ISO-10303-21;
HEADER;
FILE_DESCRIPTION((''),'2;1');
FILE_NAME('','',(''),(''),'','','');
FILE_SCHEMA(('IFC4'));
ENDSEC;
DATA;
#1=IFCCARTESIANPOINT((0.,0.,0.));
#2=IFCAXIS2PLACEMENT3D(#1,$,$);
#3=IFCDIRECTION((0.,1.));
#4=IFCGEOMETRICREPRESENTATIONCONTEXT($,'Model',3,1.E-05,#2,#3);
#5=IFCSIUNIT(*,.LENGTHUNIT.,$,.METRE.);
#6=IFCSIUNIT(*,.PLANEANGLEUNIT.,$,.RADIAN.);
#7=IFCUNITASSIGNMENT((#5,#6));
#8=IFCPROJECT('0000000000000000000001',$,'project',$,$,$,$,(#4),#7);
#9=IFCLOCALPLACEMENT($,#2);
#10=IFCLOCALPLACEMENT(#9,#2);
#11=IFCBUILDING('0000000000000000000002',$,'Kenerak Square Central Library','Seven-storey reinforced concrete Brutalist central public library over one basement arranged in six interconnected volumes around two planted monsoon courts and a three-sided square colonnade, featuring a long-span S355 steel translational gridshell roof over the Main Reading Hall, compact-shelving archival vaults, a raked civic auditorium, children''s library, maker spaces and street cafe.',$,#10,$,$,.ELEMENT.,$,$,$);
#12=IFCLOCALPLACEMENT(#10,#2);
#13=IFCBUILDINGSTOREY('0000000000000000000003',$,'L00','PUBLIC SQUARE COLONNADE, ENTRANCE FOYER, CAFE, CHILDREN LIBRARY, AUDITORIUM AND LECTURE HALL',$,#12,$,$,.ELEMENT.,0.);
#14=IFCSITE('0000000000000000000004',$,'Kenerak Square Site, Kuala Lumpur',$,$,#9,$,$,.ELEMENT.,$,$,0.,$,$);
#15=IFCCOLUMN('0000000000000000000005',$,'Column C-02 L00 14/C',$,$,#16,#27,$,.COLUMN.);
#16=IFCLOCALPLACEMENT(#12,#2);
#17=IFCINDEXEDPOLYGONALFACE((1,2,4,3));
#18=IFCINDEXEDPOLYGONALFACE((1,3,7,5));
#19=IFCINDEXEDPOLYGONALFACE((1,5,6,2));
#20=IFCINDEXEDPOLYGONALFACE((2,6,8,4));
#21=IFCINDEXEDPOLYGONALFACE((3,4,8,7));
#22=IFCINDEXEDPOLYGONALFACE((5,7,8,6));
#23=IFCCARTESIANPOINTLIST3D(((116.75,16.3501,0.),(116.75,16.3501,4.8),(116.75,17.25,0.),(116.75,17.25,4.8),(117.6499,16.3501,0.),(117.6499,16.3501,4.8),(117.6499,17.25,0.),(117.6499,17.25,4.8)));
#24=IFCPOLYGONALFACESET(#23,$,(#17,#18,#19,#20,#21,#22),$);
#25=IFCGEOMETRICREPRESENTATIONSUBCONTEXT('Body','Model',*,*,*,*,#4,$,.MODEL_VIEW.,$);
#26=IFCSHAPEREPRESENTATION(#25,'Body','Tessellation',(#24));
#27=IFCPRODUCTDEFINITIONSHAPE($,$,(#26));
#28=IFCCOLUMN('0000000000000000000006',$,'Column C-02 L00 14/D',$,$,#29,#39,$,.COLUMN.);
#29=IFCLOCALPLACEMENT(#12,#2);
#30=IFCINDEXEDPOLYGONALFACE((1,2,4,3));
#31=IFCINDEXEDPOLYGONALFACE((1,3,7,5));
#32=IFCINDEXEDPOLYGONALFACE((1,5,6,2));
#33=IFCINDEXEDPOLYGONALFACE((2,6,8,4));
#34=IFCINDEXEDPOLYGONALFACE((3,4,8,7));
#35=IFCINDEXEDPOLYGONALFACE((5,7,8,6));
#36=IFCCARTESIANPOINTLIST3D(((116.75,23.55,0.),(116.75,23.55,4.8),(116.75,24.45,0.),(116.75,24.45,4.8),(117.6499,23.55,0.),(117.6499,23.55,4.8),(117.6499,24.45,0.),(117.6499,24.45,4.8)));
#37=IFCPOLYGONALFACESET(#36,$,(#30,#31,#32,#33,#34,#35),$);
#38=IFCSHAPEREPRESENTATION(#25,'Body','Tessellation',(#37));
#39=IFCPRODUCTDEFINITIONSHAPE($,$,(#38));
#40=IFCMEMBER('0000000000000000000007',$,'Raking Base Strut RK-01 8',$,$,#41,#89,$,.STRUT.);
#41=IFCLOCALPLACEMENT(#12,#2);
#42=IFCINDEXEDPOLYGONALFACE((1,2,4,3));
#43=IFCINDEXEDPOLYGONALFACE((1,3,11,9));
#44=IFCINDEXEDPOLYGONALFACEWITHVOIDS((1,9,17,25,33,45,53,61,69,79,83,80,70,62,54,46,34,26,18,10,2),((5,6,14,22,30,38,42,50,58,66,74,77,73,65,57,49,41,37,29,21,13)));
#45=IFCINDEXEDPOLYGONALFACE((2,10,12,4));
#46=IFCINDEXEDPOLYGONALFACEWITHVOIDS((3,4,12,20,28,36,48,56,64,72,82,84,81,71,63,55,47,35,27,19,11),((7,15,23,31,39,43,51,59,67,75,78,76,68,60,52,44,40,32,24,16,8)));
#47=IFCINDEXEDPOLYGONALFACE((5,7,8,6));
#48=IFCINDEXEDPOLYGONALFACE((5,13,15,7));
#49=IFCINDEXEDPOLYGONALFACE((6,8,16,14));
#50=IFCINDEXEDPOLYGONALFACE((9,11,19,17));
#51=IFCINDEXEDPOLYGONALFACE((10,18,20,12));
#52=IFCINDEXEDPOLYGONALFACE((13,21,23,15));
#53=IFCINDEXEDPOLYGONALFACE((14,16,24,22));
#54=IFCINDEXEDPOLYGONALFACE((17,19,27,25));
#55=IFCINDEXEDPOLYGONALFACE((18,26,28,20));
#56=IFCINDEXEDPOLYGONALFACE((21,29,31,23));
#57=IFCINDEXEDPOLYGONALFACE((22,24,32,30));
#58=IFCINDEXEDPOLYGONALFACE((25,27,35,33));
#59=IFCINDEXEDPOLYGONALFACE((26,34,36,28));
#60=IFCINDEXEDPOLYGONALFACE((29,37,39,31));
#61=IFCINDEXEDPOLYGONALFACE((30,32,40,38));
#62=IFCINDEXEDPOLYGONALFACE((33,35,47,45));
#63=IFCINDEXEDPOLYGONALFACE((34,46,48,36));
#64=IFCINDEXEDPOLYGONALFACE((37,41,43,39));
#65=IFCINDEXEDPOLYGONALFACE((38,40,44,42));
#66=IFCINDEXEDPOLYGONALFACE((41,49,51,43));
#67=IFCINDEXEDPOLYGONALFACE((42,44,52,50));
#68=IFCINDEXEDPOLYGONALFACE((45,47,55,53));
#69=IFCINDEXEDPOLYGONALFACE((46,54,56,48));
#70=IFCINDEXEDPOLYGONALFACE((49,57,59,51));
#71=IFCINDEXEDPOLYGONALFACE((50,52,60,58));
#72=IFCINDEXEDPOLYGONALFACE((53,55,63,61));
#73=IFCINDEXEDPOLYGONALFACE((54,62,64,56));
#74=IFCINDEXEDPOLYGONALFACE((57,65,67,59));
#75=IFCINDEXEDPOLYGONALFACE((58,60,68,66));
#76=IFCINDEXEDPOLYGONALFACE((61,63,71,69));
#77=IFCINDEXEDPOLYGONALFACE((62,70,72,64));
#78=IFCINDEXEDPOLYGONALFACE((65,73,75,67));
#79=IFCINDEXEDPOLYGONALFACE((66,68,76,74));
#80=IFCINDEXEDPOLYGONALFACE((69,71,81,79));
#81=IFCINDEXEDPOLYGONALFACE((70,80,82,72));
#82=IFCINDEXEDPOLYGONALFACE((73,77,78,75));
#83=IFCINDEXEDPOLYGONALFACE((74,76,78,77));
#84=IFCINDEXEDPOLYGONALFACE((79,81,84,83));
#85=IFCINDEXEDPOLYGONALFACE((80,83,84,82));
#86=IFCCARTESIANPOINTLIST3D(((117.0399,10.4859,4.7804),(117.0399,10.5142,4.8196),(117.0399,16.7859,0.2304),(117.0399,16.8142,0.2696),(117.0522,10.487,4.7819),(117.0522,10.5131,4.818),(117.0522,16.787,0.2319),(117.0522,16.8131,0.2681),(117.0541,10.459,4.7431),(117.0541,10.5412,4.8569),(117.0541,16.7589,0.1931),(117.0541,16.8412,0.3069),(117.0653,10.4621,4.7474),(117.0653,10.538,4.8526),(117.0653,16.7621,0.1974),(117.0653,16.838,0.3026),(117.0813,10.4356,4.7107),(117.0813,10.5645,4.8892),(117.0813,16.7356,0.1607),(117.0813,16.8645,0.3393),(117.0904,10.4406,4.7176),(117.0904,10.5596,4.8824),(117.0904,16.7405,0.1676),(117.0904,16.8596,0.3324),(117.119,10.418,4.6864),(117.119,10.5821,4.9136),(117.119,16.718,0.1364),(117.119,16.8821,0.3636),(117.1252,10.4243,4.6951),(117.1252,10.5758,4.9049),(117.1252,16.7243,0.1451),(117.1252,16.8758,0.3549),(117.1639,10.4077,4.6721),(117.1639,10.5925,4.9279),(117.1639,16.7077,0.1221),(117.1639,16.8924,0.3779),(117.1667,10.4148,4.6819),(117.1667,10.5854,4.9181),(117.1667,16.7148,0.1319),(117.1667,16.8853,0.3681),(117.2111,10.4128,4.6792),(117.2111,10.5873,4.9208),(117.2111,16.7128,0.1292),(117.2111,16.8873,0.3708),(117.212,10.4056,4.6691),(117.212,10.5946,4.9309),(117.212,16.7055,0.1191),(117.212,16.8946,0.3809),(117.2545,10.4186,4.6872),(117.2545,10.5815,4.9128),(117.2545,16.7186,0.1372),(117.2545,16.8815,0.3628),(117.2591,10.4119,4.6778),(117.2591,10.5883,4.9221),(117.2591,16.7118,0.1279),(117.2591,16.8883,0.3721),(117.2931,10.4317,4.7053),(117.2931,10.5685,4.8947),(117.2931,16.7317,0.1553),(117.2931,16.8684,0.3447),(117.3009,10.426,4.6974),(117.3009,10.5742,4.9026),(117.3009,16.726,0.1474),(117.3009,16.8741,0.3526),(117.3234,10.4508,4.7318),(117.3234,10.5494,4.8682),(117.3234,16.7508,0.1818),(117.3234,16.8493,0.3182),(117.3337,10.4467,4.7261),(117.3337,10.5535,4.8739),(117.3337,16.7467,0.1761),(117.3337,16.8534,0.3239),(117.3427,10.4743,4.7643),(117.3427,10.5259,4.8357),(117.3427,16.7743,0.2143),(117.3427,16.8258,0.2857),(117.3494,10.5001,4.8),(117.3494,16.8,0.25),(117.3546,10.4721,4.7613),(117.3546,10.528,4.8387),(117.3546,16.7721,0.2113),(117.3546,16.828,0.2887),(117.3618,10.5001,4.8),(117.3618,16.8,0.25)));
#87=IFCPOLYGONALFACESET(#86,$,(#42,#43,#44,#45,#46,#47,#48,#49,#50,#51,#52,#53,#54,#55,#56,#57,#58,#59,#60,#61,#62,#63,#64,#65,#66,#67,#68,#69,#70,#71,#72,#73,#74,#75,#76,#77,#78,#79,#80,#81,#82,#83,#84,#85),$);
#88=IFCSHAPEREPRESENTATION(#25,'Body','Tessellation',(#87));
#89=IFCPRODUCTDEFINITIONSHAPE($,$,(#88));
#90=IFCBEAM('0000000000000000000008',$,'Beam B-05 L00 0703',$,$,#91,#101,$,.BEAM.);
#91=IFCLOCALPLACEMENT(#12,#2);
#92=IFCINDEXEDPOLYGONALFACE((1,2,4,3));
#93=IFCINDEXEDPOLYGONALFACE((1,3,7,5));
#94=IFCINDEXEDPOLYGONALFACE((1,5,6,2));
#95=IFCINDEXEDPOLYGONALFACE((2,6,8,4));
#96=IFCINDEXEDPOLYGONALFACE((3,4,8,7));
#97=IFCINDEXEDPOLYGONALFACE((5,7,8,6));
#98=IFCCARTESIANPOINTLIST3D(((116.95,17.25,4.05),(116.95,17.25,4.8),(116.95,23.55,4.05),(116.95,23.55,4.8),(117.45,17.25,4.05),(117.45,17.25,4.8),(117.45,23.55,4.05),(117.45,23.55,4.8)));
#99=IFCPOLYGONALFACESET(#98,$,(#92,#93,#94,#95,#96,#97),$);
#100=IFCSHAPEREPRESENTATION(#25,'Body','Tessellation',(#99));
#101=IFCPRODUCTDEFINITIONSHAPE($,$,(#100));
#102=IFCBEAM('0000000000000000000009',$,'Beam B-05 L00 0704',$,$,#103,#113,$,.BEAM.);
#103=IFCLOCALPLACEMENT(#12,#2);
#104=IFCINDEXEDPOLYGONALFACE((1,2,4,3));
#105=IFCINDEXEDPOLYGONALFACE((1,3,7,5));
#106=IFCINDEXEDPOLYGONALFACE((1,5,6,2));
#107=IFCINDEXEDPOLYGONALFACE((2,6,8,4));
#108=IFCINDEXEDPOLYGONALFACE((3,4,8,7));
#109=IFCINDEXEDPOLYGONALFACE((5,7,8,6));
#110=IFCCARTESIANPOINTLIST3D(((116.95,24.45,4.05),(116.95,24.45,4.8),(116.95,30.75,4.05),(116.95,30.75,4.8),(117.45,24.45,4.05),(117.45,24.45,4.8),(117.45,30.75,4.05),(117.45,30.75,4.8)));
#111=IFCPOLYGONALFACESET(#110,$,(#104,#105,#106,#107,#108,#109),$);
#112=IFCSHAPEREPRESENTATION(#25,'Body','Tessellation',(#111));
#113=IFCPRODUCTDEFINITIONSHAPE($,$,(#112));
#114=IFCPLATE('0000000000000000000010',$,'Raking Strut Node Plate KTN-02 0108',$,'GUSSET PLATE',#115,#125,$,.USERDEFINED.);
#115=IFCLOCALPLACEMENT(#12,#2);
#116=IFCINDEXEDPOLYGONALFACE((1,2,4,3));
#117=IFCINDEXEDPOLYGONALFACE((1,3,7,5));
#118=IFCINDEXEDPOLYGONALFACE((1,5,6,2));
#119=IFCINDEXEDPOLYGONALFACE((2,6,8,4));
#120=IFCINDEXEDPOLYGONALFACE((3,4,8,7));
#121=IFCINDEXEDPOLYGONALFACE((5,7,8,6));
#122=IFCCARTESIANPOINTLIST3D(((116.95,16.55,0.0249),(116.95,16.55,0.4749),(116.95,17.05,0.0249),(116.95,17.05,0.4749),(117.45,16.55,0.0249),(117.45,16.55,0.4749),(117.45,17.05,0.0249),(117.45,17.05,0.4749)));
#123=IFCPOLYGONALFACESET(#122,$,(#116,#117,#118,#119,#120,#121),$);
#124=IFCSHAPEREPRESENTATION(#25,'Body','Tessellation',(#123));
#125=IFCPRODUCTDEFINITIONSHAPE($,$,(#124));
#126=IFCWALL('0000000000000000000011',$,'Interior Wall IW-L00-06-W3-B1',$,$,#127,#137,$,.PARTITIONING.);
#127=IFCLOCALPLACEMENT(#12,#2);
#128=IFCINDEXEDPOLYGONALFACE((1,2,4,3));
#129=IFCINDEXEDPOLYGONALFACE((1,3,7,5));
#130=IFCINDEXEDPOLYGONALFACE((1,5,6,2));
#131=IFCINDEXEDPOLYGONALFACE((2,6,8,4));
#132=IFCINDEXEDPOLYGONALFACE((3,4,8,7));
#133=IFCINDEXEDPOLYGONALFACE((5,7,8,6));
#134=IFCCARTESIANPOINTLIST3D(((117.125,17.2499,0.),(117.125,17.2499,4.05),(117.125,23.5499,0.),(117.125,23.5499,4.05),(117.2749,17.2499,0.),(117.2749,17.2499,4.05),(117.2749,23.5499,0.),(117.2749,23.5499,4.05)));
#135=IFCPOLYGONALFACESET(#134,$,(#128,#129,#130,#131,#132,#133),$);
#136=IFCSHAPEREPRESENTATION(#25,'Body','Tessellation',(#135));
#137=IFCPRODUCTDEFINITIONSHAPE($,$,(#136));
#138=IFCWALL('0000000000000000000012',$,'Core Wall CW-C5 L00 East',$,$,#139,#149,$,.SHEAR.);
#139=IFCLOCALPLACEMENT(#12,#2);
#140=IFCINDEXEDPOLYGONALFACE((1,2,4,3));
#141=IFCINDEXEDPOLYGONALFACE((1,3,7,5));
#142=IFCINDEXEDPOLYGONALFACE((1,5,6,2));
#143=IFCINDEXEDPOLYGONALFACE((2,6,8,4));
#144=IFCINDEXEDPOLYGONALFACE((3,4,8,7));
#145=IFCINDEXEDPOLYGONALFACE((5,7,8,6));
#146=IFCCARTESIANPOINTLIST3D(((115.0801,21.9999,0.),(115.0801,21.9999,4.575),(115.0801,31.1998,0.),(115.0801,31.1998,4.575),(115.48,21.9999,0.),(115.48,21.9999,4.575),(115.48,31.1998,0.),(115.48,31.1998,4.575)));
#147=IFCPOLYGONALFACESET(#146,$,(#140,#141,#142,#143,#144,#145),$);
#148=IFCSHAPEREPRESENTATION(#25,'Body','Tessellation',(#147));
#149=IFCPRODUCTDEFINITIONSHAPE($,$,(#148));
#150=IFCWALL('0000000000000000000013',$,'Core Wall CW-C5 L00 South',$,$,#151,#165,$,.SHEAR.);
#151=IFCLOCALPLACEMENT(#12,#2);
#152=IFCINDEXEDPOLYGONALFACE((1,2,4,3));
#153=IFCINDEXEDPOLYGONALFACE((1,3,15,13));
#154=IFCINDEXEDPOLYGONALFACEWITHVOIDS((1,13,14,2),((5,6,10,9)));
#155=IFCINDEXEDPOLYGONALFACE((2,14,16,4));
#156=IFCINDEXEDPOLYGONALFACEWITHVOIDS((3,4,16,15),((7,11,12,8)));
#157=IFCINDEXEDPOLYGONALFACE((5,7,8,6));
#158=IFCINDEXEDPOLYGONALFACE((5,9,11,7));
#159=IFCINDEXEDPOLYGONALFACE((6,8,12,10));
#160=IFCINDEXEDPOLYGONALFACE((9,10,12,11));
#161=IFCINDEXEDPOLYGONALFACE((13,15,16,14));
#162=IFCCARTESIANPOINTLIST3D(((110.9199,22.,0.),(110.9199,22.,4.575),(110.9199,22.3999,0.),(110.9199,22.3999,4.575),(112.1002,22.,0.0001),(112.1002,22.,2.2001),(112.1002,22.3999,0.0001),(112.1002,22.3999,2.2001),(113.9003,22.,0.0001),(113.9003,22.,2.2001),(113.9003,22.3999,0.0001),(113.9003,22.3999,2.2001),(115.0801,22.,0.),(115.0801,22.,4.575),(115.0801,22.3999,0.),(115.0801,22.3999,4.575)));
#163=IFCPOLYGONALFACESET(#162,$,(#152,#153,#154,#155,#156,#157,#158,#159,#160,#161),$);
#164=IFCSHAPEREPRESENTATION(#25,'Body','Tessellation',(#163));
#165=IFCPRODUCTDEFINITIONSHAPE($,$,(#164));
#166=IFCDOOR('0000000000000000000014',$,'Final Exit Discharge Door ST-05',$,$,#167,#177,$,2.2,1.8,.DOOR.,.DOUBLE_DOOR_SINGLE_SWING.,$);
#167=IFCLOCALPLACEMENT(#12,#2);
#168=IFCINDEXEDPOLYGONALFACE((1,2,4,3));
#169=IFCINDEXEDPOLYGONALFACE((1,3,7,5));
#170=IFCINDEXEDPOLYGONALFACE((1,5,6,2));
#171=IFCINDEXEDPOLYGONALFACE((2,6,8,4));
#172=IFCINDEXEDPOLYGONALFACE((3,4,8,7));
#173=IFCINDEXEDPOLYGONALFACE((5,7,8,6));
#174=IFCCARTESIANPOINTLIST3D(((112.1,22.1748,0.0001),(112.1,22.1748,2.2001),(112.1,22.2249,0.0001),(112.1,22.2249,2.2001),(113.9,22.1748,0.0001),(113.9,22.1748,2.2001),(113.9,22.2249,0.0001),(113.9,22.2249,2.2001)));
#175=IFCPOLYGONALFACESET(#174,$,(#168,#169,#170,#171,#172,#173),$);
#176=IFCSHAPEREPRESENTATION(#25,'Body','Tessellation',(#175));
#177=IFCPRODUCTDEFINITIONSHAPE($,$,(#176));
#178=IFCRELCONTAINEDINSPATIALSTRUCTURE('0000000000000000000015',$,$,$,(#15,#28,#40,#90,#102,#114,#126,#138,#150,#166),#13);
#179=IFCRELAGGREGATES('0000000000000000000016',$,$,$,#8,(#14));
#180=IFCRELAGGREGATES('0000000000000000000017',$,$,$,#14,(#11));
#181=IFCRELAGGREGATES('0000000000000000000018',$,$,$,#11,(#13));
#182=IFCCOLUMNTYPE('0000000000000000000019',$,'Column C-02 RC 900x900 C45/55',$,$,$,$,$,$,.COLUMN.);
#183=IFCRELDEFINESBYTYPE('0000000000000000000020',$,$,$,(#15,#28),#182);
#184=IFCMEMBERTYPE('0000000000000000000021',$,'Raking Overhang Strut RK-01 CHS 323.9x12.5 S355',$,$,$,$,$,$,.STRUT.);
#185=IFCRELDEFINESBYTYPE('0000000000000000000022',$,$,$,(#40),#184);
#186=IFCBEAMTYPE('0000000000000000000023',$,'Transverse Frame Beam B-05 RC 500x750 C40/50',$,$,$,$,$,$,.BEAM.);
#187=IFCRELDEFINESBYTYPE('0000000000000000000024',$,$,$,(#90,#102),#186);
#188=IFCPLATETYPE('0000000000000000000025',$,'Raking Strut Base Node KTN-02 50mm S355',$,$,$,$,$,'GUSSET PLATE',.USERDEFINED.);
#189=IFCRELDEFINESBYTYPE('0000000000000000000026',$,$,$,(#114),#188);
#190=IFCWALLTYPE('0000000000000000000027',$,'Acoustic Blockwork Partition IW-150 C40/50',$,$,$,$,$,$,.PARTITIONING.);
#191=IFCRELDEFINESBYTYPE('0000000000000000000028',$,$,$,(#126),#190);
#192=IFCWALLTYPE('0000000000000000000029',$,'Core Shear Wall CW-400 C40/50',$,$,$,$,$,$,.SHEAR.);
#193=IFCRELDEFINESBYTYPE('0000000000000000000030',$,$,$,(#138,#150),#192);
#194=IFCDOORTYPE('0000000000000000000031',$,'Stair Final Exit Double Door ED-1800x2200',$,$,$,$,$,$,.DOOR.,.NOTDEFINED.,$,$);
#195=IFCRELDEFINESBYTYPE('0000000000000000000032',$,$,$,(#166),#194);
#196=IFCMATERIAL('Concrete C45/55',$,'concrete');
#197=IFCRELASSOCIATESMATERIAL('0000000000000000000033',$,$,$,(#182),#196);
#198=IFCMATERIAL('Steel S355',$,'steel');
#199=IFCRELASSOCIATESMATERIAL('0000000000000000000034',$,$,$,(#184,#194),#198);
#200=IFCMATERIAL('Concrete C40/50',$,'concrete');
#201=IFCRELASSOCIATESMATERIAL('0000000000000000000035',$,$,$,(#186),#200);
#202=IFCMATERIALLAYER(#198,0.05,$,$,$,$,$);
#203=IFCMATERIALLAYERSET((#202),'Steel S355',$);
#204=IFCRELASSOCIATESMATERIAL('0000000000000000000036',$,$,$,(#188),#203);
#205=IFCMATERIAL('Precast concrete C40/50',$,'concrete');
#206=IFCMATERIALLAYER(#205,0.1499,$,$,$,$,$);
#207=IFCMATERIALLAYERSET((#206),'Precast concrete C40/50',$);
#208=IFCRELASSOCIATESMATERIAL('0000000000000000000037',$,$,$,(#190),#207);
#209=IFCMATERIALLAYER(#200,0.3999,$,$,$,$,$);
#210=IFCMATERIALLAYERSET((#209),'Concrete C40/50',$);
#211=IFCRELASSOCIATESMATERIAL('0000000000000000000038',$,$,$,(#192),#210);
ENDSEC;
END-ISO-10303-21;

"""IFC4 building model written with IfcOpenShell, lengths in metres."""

from ifc_helpers import new_model, si_unit, direction, frame, frame_2d, origin, origin_2d, place, context, subcontext, project, spatial, rectangle, hollow_circle, extrude, material, layer, layer_set, material_profile, profile_set, type_object, element, fill, save


model = new_model("IFC4")

# Units and contexts
model_context = context("Model", 3, precision=1e-05, world=origin(), true_north=direction((0.0, 1.0)))
body_context = subcontext(model_context, "Body", "Model", "MODEL_VIEW")
ifc_project = project(units=[si_unit("LENGTHUNIT", "METRE"), si_unit("PLANEANGLEUNIT", "RADIAN")], contexts=[model_context])

# Site, building, storey
site_placement = place(None, origin())
site = spatial("IfcSite", under=ifc_project, at=site_placement, Name="Kenerak Square Site, Kuala Lumpur", CompositionType="ELEMENT", RefElevation=0.0)
building_placement = place(site_placement, origin())
building = spatial("IfcBuilding", under=site, at=building_placement, Name="Kenerak Square Central Library", Description="Seven-storey reinforced concrete Brutalist central public library over one basement arranged in six interconnected volumes around two planted monsoon courts and a three-sided square colonnade, featuring a long-span S355 steel translational gridshell roof over the Main Reading Hall, compact-shelving archival vaults, a raked civic auditorium, children's library, maker spaces and street cafe.", CompositionType="ELEMENT")
storey_placement = place(building_placement, origin())
storey = spatial("IfcBuildingStorey", under=building, at=storey_placement, Name="L00", Description="PUBLIC SQUARE COLONNADE, ENTRANCE FOYER, CAFE, CHILDREN LIBRARY, AUDITORIUM AND LECTURE HALL", CompositionType="ELEMENT", Elevation=0.0)

# Columns
ifc_material_1 = material(Name="Concrete C45/55", Category="concrete")
ifc_material_profile_1 = material_profile(ifc_material_1, rectangle(XDim=0.8999, YDim=0.8999, at=origin_2d()), Name="RC 900x900")
ifc_profile_set_1 = profile_set([ifc_material_profile_1], Name="Concrete C45/55")
column_type = type_object("IfcColumnType", Name="Column C-02 RC 900x900 C45/55", PredefinedType="COLUMN", material=ifc_profile_set_1)
for number, where, z_axis, x_axis, name in (
    (1, (117.2, 16.8, 0.0), (0.0, 0.0, 1.0), (1.0, 0.0, 0.0), "Column C-02 L00 14/C"),
    (2, (117.2, 24.0, 0.0), (0.0, 0.0, 1.0), (1.0, 0.0, 0.0), "Column C-02 L00 14/D"),
):
    element("IfcColumn", number, at=place(storey_placement, frame(where, z_axis=z_axis, x_axis=x_axis)), inside=storey, type_object=column_type, Name=name, PredefinedType="COLUMN", context=body_context, shape_type="SweptSolid", body=[
        extrude(rectangle(XDim=0.8999, YDim=0.8999, at=origin_2d()), origin(), (0.0, 0.0, 1.0), 4.8),
    ])

# Member
ifc_material_2 = material(Name="Steel S355", Category="steel")
ifc_material_profile_2 = material_profile(ifc_material_2, hollow_circle(Radius=0.1619, WallThickness=0.0125, at=origin_2d()), Name="CHS 323.9x12.5")
ifc_profile_set_2 = profile_set([ifc_material_profile_2], Name="Steel S355")
member_type = type_object("IfcMemberType", Name="Raking Overhang Strut RK-01 CHS 323.9x12.5 S355", PredefinedType="STRUT", material=ifc_profile_set_2)
member_placement = place(storey_placement, frame((117.2, 16.8, 0.25), z_axis=(0.0, -0.810678, 0.585492), x_axis=(1.0, 0.0, 0.0)))
element("IfcMember", 3, at=member_placement, inside=storey, type_object=member_type, Name="Raking Base Strut RK-01 8", PredefinedType="STRUT", context=body_context, shape_type="SweptSolid", body=[
    extrude(hollow_circle(Radius=0.1619, WallThickness=0.0125, at=origin_2d()), origin(), (0.0, 0.0, 1.0), 7.7712),
])

# Beams
ifc_material_3 = material(Name="Concrete C40/50", Category="concrete")
ifc_material_profile_3 = material_profile(ifc_material_3, rectangle(XDim=0.5, YDim=0.75, at=origin_2d()), Name="RC 500x750")
ifc_profile_set_3 = profile_set([ifc_material_profile_3], Name="Concrete C40/50")
beam_type = type_object("IfcBeamType", Name="Transverse Frame Beam B-05 RC 500x750 C40/50", PredefinedType="BEAM", material=ifc_profile_set_3)
for number, where, z_axis, x_axis, name in (
    (4, (117.2, 17.25, 4.425), (0.0, 1.0, 0.0), (-1.0, 0.0, 0.0), "Beam B-05 L00 0703"),
    (5, (117.2, 24.45, 4.425), (0.0, 1.0, 0.0), (-1.0, 0.0, 0.0), "Beam B-05 L00 0704"),
):
    element("IfcBeam", number, at=place(storey_placement, frame(where, z_axis=z_axis, x_axis=x_axis)), inside=storey, type_object=beam_type, Name=name, PredefinedType="BEAM", context=body_context, shape_type="SweptSolid", body=[
        extrude(rectangle(XDim=0.5, YDim=0.75, at=origin_2d()), origin(), (0.0, 0.0, 1.0), 6.3),
    ])

# Plate
ifc_layer_1 = layer(ifc_material_2, 0.05)
ifc_layer_set_1 = layer_set([ifc_layer_1], Name="Steel S355")
plate_type = type_object("IfcPlateType", Name="Raking Strut Base Node KTN-02 50mm S355", ElementType="GUSSET PLATE", PredefinedType="USERDEFINED", material=ifc_layer_set_1)
plate_placement = place(storey_placement, frame((117.2, 16.8, 0.0249), z_axis=(0.0, 0.0, 1.0), x_axis=(1.0, 0.0, 0.0)))
element("IfcPlate", 6, at=plate_placement, inside=storey, type_object=plate_type, Name="Raking Strut Node Plate KTN-02 0108", ObjectType="GUSSET PLATE", PredefinedType="USERDEFINED", context=body_context, shape_type="SweptSolid", body=[
    extrude(rectangle(XDim=0.5, YDim=0.5, at=origin_2d()), origin(), (0.0, 0.0, 1.0), 0.45),
])

# Wall
ifc_material_4 = material(Name="Precast concrete C40/50", Category="concrete")
ifc_layer_2 = layer(ifc_material_4, 0.1499)
ifc_layer_set_2 = layer_set([ifc_layer_2], Name="Precast concrete C40/50")
wall_type_1 = type_object("IfcWallType", Name="Acoustic Blockwork Partition IW-150 C40/50", PredefinedType="PARTITIONING", material=ifc_layer_set_2)
wall_1_placement = place(storey_placement, frame((117.2, 17.25, 0.0), z_axis=(0.0, 0.0, 1.0), x_axis=(0.0, 1.0, 0.0)))
element("IfcWall", 7, at=wall_1_placement, inside=storey, type_object=wall_type_1, Name="Interior Wall IW-L00-06-W3-B1", PredefinedType="PARTITIONING", context=body_context, shape_type="SweptSolid", body=[
    extrude(rectangle(XDim=6.3, YDim=0.1499, at=frame_2d((3.1499, 0.0))), origin(), (0.0, 0.0, 1.0), 4.05),
])

# Wall
ifc_layer_3 = layer(ifc_material_3, 0.3999)
ifc_layer_set_3 = layer_set([ifc_layer_3], Name="Concrete C40/50")
wall_type_2 = type_object("IfcWallType", Name="Core Shear Wall CW-400 C40/50", PredefinedType="SHEAR", material=ifc_layer_set_3)
wall_2_placement = place(storey_placement, frame((115.28, 31.2, 0.0), z_axis=(0.0, 0.0, 1.0), x_axis=(0.0, -1.0, 0.0)))
element("IfcWall", 8, at=wall_2_placement, inside=storey, type_object=wall_type_2, Name="Core Wall CW-C5 L00 East", PredefinedType="SHEAR", context=body_context, shape_type="SweptSolid", body=[
    extrude(rectangle(XDim=9.2, YDim=0.3999, at=frame_2d((4.6001, 0.0))), origin(), (0.0, 0.0, 1.0), 4.575),
])

# Wall, opening, door
wall_3_placement = place(storey_placement, frame((115.0801, 22.2, 0.0), z_axis=(0.0, 0.0, 1.0), x_axis=(-1.0, 0.0, 0.0)))
wall_3 = element("IfcWall", 9, at=wall_3_placement, inside=storey, type_object=wall_type_2, Name="Core Wall CW-C5 L00 South", PredefinedType="SHEAR", context=body_context, shape_type="SweptSolid", body=[
    extrude(rectangle(XDim=4.1602, YDim=0.3999, at=frame_2d((2.0801, 0.0))), origin(), (0.0, 0.0, 1.0), 4.575),
])
opening_1_placement = place(wall_3_placement, frame((1.1799, 0.0, 0.0)))
opening_1 = element("IfcOpeningElement", 10, at=opening_1_placement, cuts=wall_3, PredefinedType="OPENING", context=body_context, shape_type="SweptSolid", body=[
    extrude(rectangle(XDim=1.8, YDim=2.2, at=frame_2d((0.8999, 1.1001))), frame((0.0, 0.21, 0.0), z_axis=(0.0, -1.0, 0.0), x_axis=(1.0, 0.0, 0.0)), (0.0, 0.0, 1.0), 0.4199),
])
door_type_1 = type_object("IfcDoorType", Name="Stair Final Exit Double Door ED-1800x2200", OperationType="NOTDEFINED", PredefinedType="DOOR", material=ifc_material_2)
door_1_placement = place(opening_1_placement, frame((1.8, 0.0, 0.0), z_axis=(0.0, 0.0, 1.0), x_axis=(-1.0, 0.0, 0.0)))
door_1 = element("IfcDoor", 11, at=door_1_placement, inside=storey, type_object=door_type_1, Name="Final Exit Discharge Door ST-05", OperationType="DOUBLE_DOOR_SINGLE_SWING", OverallHeight=2.2, OverallWidth=1.8, PredefinedType="DOOR", context=body_context, shape_type="SweptSolid", body=[
    extrude(rectangle(XDim=1.8, YDim=2.2, at=frame_2d((0.8999, 1.1001))), frame((0.0, 0.0249, 0.0), z_axis=(0.0, -1.0, 0.0), x_axis=(1.0, 0.0, 0.0)), (0.0, 0.0, 1.0), 0.05),
])
fill(opening_1, door_1)

save(model, "model.ifc")
